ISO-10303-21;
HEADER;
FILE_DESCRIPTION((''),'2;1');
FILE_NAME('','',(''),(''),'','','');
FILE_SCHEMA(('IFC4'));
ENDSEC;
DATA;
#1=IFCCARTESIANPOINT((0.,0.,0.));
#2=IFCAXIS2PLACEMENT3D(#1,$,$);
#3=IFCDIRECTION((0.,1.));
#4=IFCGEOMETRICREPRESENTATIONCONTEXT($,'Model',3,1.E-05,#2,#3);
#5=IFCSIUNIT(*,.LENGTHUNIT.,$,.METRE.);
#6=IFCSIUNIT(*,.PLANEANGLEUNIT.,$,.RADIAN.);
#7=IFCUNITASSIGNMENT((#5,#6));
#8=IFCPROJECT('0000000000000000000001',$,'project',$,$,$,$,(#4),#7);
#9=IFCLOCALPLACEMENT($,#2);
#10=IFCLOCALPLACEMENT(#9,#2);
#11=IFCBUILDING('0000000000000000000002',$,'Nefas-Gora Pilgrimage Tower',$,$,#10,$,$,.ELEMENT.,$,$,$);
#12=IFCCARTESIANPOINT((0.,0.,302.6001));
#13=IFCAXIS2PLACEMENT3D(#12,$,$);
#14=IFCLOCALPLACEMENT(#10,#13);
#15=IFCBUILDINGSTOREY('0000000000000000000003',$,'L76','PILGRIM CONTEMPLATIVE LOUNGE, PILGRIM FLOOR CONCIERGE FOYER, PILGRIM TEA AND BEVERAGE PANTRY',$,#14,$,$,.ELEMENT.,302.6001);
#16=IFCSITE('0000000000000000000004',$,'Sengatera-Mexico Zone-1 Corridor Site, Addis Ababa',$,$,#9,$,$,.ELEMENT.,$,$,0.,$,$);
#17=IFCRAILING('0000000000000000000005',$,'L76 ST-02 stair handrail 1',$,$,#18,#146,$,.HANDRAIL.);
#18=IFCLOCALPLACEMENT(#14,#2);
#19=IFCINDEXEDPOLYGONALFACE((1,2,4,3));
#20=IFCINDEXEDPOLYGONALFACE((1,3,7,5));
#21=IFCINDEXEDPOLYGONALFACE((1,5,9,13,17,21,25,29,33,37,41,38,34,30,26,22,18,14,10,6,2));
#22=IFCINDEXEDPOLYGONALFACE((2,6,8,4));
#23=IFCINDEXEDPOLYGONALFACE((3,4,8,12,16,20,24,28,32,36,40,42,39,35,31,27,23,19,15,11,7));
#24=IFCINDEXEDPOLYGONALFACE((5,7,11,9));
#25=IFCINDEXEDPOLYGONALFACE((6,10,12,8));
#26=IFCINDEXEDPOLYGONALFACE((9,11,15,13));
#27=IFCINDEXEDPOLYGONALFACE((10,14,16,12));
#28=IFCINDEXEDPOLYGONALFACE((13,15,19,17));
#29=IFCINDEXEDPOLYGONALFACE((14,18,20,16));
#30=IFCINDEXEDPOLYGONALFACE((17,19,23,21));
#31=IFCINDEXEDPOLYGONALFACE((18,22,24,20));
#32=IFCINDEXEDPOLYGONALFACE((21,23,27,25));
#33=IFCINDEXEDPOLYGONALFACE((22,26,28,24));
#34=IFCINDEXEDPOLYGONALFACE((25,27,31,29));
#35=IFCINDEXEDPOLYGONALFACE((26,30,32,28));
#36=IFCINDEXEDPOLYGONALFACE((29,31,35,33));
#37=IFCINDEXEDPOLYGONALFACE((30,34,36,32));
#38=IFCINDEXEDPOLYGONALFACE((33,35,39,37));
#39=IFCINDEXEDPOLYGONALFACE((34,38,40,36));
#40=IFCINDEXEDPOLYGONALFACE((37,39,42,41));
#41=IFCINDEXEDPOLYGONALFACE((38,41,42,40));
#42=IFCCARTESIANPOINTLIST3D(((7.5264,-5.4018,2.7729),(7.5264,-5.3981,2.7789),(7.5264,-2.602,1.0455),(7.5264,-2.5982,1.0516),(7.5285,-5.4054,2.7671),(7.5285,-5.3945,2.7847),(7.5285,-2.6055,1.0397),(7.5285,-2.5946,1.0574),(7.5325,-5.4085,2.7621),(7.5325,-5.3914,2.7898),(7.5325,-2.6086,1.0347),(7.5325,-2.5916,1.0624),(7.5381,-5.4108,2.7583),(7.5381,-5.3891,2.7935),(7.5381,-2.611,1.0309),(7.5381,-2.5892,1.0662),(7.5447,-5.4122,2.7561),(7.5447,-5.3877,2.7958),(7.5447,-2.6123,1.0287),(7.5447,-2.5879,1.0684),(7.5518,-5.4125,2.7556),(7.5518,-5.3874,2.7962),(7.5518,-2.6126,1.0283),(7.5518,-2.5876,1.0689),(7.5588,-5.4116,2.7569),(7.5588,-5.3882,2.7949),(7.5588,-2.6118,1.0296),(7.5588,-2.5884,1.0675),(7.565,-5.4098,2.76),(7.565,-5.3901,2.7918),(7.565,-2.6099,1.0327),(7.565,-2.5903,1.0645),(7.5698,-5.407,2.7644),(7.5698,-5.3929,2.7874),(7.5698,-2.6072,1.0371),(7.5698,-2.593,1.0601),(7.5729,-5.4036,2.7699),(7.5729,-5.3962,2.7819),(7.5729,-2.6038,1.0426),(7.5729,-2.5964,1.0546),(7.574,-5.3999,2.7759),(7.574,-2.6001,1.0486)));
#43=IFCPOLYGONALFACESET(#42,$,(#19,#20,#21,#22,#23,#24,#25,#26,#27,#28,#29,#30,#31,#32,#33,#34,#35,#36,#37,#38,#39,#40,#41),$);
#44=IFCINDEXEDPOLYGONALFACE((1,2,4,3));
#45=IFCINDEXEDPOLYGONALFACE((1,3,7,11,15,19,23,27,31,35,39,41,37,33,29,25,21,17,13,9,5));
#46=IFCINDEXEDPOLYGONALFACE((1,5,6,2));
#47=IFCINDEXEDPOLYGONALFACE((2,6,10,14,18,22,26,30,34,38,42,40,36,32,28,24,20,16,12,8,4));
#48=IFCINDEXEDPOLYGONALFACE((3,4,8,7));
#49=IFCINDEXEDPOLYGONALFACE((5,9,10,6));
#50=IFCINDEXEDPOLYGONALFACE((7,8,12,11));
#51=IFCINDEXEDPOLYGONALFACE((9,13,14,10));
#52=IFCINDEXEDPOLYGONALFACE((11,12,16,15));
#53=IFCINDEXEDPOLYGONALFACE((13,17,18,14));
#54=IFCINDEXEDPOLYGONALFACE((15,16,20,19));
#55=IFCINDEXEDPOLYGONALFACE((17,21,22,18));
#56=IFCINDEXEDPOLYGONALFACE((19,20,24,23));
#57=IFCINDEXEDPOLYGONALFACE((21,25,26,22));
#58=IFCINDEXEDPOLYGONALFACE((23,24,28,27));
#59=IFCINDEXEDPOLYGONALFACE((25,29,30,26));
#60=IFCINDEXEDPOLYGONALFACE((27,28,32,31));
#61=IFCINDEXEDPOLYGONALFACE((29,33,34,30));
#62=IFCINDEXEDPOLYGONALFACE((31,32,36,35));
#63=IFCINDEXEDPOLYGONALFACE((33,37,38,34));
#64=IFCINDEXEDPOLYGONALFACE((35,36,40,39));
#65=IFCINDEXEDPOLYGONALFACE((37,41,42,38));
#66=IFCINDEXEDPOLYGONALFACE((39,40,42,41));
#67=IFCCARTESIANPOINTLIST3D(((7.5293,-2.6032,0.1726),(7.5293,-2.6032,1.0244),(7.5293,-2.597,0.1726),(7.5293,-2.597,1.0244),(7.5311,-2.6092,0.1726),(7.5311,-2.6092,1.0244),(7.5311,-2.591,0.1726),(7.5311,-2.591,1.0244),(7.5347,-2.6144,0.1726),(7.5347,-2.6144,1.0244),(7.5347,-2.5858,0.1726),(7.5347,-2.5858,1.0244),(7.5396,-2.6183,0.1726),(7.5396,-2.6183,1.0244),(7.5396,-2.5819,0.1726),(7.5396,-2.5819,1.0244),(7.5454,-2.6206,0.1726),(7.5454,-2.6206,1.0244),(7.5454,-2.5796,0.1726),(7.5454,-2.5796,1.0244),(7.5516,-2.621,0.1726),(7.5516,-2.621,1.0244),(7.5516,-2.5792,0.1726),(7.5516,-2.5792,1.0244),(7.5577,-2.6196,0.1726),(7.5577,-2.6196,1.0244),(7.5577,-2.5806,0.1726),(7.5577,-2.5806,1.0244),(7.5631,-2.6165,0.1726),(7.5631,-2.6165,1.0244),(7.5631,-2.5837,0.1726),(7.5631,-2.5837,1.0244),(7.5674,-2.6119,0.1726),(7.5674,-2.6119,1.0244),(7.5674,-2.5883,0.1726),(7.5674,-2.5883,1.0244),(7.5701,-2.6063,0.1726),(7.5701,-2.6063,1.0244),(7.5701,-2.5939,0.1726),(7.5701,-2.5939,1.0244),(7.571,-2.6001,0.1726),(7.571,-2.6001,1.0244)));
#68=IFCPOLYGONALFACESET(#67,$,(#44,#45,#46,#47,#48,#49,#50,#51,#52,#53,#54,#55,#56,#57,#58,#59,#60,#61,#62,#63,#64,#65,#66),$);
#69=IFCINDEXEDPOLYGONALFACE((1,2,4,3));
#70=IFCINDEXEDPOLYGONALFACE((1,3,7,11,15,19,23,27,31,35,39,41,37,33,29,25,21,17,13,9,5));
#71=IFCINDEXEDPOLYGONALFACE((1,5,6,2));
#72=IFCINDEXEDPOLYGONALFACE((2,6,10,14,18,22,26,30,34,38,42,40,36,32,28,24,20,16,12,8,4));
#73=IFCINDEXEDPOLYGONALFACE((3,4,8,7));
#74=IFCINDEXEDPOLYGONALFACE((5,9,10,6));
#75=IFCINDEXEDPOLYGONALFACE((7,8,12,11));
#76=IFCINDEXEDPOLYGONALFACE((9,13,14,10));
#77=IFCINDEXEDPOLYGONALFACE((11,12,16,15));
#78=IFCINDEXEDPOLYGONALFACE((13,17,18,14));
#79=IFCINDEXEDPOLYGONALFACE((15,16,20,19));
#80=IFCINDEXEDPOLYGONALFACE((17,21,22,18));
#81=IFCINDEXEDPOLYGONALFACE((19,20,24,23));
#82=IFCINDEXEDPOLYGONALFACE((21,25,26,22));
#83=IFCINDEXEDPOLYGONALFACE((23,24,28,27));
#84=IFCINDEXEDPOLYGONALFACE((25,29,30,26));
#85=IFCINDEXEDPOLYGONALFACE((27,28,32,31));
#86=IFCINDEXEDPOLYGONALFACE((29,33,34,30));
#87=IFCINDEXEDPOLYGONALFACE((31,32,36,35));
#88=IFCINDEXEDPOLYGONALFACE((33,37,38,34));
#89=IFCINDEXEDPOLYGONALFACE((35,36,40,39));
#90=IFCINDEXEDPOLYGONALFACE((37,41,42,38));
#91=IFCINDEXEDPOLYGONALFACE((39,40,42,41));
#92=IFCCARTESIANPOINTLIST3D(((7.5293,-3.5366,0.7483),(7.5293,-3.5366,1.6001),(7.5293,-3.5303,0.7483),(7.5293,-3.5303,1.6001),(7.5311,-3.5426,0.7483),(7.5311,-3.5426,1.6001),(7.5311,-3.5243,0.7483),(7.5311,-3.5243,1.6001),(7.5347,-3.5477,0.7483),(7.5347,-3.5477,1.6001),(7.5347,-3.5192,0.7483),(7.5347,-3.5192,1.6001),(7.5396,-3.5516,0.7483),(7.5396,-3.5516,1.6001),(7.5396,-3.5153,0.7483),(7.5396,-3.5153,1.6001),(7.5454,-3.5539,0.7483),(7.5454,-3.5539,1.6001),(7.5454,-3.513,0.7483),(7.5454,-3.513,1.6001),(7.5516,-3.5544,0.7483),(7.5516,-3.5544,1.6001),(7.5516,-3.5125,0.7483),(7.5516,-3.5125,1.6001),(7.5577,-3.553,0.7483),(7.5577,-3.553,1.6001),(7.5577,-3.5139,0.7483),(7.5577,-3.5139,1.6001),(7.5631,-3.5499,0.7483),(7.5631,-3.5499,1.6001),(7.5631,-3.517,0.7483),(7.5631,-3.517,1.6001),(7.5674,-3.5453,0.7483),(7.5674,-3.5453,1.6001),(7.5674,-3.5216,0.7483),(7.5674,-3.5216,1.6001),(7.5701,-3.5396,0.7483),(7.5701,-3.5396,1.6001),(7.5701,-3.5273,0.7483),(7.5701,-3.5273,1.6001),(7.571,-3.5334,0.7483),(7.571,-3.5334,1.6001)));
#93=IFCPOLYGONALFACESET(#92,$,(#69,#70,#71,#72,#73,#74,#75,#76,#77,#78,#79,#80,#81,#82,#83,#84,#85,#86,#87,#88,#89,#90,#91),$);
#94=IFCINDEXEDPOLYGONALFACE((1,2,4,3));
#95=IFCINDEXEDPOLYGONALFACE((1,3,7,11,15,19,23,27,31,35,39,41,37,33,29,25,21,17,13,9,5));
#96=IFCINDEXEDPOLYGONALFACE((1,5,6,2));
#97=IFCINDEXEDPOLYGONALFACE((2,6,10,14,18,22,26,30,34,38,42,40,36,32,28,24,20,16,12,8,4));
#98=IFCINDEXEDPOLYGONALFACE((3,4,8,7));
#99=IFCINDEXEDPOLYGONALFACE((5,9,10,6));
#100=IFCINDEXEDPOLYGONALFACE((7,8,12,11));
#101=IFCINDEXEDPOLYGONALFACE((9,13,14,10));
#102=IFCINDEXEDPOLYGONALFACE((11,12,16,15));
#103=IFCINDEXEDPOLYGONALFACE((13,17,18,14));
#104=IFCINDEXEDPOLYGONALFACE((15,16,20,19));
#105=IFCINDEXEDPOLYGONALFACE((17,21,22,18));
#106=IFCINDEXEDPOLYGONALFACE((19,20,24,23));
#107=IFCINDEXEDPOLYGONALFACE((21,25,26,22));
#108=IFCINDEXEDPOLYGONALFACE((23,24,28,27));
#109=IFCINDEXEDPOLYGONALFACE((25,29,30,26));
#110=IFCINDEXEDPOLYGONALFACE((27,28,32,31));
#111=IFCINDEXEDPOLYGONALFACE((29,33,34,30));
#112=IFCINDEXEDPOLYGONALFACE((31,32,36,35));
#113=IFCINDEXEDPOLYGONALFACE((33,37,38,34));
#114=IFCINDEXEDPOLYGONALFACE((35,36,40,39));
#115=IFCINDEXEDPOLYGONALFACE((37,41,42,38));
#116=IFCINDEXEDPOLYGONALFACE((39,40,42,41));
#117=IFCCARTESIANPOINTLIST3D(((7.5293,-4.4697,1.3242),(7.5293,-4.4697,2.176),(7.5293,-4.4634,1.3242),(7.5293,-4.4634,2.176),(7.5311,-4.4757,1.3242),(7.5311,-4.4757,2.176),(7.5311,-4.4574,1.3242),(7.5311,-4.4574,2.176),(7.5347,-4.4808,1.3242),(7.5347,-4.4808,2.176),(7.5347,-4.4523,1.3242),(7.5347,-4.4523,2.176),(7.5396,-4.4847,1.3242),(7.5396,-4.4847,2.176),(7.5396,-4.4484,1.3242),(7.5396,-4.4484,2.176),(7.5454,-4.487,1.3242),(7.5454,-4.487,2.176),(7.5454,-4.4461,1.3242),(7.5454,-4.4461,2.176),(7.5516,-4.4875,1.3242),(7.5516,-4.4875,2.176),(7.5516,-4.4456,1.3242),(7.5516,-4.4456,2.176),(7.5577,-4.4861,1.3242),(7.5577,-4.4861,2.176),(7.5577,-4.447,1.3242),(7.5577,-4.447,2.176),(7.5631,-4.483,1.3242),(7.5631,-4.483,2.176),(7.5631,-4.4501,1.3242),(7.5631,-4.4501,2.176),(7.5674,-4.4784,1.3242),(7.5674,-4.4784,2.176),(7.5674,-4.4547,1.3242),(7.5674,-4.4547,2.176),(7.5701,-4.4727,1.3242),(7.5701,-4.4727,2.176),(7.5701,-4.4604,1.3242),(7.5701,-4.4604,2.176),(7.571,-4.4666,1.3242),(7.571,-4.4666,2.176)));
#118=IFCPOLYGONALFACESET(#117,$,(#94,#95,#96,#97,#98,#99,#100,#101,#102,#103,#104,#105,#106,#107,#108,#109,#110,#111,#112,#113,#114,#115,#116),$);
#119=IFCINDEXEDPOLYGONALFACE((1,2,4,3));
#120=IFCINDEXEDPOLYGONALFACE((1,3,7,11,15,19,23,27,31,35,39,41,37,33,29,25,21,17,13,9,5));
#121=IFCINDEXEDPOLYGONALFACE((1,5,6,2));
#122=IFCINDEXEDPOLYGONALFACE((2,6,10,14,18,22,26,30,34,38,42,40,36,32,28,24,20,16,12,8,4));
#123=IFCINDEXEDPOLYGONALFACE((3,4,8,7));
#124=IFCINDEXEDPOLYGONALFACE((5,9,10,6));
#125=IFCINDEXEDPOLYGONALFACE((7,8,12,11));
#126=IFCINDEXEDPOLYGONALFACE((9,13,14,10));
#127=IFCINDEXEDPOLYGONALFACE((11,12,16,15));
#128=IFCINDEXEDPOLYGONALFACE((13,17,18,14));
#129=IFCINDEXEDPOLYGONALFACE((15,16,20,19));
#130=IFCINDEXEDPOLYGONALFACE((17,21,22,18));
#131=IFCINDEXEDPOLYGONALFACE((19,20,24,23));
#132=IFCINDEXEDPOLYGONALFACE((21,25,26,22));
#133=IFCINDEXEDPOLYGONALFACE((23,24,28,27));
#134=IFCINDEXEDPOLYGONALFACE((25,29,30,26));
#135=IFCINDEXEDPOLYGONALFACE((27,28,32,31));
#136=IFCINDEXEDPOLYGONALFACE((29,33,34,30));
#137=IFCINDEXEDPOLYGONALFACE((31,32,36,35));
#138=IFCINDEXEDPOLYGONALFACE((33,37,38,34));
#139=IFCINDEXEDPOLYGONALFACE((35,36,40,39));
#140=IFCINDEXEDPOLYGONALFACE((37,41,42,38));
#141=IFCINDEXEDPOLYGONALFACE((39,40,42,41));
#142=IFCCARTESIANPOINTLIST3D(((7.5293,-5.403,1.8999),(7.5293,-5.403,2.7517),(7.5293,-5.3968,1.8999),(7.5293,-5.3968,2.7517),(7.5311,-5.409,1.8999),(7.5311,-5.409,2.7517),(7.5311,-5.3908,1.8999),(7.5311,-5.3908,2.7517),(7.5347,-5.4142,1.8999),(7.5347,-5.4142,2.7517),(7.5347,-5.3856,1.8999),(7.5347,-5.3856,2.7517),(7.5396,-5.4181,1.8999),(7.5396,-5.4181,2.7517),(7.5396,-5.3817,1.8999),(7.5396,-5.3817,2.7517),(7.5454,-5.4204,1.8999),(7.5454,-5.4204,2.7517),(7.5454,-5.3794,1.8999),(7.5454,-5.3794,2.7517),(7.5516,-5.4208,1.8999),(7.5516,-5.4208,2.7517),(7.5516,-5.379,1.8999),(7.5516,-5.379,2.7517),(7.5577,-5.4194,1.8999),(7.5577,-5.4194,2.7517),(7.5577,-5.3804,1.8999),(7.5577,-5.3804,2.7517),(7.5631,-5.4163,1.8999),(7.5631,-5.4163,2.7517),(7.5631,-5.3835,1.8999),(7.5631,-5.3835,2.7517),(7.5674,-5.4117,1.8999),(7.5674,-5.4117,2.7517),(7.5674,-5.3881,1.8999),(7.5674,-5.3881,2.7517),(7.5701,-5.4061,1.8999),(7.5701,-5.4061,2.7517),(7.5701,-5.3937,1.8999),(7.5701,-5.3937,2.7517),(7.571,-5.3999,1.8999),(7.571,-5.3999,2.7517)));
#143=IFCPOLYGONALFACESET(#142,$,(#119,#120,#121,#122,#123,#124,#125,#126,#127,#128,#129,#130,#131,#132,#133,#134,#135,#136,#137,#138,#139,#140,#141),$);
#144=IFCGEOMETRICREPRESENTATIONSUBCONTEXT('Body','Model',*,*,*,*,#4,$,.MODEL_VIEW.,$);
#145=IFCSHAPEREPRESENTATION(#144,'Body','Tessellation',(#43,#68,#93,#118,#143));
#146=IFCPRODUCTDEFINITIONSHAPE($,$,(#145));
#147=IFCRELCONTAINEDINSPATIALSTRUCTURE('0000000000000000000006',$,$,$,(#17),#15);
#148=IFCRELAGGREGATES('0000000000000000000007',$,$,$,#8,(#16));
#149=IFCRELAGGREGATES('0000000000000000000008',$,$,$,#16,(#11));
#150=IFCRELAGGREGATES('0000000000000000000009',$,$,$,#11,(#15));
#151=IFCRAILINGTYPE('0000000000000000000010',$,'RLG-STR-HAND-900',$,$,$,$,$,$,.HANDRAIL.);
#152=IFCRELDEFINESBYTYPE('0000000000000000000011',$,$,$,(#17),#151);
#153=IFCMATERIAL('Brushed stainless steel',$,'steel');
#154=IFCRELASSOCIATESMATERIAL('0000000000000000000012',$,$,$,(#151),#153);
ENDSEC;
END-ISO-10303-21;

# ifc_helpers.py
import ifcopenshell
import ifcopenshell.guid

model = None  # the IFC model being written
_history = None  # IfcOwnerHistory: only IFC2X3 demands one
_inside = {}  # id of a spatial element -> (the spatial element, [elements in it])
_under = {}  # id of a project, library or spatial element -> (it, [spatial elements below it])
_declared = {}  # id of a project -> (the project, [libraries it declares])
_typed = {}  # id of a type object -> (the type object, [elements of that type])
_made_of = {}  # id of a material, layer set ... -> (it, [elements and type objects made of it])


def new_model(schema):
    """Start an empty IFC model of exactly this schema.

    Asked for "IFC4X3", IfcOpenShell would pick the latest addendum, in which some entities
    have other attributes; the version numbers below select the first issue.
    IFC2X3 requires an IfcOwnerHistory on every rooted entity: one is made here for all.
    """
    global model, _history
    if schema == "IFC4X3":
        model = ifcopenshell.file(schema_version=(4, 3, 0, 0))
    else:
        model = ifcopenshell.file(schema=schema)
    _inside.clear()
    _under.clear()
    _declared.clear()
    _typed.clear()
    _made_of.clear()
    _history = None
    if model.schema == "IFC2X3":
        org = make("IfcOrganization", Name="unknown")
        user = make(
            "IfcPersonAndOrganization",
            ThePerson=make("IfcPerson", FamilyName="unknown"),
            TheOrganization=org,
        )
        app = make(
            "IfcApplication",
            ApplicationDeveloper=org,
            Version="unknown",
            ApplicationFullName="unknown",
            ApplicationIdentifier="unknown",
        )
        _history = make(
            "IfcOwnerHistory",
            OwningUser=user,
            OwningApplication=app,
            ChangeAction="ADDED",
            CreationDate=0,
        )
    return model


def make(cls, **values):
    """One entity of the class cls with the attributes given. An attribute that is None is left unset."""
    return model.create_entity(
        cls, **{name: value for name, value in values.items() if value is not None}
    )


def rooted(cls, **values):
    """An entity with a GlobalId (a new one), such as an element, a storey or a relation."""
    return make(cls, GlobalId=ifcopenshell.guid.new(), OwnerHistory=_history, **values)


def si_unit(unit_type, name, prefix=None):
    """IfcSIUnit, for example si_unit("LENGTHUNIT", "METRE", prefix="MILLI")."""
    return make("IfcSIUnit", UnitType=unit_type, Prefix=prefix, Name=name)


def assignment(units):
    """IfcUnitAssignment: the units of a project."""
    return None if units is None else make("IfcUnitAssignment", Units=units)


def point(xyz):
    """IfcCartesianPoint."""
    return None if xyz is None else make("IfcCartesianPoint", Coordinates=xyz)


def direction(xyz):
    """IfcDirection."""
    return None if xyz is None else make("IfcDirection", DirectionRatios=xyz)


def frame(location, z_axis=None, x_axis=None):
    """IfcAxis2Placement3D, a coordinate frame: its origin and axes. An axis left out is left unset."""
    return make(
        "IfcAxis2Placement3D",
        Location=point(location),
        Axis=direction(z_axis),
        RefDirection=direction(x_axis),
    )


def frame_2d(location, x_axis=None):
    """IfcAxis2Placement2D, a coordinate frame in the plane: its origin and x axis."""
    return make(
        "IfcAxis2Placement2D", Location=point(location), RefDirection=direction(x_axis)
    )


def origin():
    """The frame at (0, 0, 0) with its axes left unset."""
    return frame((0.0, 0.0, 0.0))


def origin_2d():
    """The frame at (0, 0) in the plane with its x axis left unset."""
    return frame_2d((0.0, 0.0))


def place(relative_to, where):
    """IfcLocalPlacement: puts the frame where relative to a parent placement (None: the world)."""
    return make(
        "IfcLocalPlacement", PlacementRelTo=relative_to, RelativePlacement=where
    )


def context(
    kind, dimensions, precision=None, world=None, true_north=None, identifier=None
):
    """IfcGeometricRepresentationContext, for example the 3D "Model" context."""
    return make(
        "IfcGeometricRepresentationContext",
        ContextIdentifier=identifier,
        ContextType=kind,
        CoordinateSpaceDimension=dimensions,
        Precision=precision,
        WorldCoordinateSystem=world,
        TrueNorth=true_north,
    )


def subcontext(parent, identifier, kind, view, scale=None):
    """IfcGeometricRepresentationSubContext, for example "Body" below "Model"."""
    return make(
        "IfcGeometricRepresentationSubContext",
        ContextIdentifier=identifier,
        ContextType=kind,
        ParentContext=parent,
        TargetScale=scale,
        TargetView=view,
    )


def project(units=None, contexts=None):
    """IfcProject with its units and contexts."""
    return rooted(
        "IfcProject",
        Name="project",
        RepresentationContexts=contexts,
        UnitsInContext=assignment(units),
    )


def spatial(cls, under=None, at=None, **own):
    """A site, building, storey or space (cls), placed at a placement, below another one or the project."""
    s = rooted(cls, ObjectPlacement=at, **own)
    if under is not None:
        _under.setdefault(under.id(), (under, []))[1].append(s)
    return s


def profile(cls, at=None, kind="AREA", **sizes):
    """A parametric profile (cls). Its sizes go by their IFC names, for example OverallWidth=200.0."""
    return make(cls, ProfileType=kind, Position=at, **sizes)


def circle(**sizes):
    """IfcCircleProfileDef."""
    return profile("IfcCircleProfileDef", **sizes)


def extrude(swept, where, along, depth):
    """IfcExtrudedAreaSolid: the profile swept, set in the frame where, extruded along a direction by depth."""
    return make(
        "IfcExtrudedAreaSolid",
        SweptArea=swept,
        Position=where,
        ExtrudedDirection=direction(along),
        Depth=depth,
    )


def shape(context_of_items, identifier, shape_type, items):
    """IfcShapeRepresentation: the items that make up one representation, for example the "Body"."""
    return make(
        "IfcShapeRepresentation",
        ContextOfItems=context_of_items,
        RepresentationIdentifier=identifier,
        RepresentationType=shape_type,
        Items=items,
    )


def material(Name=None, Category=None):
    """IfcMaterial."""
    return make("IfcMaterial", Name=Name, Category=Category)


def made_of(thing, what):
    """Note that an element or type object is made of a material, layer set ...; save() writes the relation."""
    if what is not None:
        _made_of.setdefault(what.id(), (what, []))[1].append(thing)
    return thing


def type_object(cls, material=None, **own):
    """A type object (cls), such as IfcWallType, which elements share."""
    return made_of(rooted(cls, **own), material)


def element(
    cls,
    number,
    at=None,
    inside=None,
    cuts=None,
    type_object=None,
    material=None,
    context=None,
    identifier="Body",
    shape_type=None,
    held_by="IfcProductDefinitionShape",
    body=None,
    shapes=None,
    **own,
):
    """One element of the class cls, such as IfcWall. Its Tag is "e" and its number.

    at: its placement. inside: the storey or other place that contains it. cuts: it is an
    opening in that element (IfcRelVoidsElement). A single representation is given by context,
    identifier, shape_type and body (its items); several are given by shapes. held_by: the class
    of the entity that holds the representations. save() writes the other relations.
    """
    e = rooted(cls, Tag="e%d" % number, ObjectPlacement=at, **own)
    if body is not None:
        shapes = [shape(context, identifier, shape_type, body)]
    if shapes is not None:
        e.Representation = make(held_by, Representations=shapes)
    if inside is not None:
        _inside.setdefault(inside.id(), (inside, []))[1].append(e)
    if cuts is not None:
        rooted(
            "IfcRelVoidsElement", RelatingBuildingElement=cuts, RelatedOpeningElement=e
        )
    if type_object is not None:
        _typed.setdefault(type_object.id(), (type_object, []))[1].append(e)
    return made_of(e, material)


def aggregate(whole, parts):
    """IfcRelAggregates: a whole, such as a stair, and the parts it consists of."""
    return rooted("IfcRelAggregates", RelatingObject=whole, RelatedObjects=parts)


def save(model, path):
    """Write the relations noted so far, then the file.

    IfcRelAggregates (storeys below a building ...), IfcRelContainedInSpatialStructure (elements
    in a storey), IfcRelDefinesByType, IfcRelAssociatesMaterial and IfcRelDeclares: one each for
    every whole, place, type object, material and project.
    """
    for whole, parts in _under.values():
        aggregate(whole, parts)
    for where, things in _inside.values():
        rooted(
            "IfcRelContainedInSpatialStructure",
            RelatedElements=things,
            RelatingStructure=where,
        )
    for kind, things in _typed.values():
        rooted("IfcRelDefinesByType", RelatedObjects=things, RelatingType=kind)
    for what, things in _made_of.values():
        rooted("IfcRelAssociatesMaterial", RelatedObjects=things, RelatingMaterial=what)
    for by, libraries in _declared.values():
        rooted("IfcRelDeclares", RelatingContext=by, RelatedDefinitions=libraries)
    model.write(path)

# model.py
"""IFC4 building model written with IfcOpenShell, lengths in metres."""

from ifc_helpers import new_model, si_unit, direction, frame, origin, origin_2d, place, context, subcontext, project, spatial, circle, extrude, material, type_object, element, save


model = new_model("IFC4")

# Units and contexts
model_context = context("Model", 3, precision=1e-05, world=origin(), true_north=direction((0.0, 1.0)))
body_context = subcontext(model_context, "Body", "Model", "MODEL_VIEW")
ifc_project = project(units=[si_unit("LENGTHUNIT", "METRE"), si_unit("PLANEANGLEUNIT", "RADIAN")], contexts=[model_context])

# Site, building, storey
site_placement = place(None, origin())
site = spatial("IfcSite", under=ifc_project, at=site_placement, Name="Sengatera-Mexico Zone-1 Corridor Site, Addis Ababa", CompositionType="ELEMENT", RefElevation=0.0)
building_placement = place(site_placement, origin())
building = spatial("IfcBuilding", under=site, at=building_placement, Name="Nefas-Gora Pilgrimage Tower", CompositionType="ELEMENT")
storey_placement = place(building_placement, frame((0.0, 0.0, 302.6001)))
storey = spatial("IfcBuildingStorey", under=building, at=storey_placement, Name="L76", Description="PILGRIM CONTEMPLATIVE LOUNGE, PILGRIM FLOOR CONCIERGE FOYER, PILGRIM TEA AND BEVERAGE PANTRY", CompositionType="ELEMENT", Elevation=302.6001)

# Railing
ifc_material_1 = material(Name="Brushed stainless steel", Category="steel")
railing_type_1 = type_object("IfcRailingType", Name="RLG-STR-HAND-900", PredefinedType="HANDRAIL", material=ifc_material_1)
railing_1_placement = place(storey_placement, frame((7.55, -2.6001, 0.1726)))
element("IfcRailing", 1, at=railing_1_placement, inside=storey, type_object=railing_type_1, Name="L76 ST-02 stair handrail 1", PredefinedType="HANDRAIL", context=body_context, shape_type="SweptSolid", body=[
    extrude(circle(Radius=0.0239, at=origin_2d()), frame((0.0, 0.0, 0.876), z_axis=(0.0, -0.851069, 0.525054), x_axis=(1.0, 0.0, 0.0)), (0.0, 0.0, 1.0), 3.2898),
    extrude(circle(Radius=0.021, at=origin_2d()), origin(), (0.0, 0.0, 1.0), 0.8518),
    extrude(circle(Radius=0.021, at=origin_2d()), frame((0.0, -0.9333, 0.5757)), (0.0, 0.0, 1.0), 0.8518),
    extrude(circle(Radius=0.021, at=origin_2d()), frame((0.0, -1.8665, 1.1516)), (0.0, 0.0, 1.0), 0.8518),
    extrude(circle(Radius=0.021, at=origin_2d()), frame((0.0, -2.7998, 1.7273)), (0.0, 0.0, 1.0), 0.8518),
])

save(model, "model.ifc")
